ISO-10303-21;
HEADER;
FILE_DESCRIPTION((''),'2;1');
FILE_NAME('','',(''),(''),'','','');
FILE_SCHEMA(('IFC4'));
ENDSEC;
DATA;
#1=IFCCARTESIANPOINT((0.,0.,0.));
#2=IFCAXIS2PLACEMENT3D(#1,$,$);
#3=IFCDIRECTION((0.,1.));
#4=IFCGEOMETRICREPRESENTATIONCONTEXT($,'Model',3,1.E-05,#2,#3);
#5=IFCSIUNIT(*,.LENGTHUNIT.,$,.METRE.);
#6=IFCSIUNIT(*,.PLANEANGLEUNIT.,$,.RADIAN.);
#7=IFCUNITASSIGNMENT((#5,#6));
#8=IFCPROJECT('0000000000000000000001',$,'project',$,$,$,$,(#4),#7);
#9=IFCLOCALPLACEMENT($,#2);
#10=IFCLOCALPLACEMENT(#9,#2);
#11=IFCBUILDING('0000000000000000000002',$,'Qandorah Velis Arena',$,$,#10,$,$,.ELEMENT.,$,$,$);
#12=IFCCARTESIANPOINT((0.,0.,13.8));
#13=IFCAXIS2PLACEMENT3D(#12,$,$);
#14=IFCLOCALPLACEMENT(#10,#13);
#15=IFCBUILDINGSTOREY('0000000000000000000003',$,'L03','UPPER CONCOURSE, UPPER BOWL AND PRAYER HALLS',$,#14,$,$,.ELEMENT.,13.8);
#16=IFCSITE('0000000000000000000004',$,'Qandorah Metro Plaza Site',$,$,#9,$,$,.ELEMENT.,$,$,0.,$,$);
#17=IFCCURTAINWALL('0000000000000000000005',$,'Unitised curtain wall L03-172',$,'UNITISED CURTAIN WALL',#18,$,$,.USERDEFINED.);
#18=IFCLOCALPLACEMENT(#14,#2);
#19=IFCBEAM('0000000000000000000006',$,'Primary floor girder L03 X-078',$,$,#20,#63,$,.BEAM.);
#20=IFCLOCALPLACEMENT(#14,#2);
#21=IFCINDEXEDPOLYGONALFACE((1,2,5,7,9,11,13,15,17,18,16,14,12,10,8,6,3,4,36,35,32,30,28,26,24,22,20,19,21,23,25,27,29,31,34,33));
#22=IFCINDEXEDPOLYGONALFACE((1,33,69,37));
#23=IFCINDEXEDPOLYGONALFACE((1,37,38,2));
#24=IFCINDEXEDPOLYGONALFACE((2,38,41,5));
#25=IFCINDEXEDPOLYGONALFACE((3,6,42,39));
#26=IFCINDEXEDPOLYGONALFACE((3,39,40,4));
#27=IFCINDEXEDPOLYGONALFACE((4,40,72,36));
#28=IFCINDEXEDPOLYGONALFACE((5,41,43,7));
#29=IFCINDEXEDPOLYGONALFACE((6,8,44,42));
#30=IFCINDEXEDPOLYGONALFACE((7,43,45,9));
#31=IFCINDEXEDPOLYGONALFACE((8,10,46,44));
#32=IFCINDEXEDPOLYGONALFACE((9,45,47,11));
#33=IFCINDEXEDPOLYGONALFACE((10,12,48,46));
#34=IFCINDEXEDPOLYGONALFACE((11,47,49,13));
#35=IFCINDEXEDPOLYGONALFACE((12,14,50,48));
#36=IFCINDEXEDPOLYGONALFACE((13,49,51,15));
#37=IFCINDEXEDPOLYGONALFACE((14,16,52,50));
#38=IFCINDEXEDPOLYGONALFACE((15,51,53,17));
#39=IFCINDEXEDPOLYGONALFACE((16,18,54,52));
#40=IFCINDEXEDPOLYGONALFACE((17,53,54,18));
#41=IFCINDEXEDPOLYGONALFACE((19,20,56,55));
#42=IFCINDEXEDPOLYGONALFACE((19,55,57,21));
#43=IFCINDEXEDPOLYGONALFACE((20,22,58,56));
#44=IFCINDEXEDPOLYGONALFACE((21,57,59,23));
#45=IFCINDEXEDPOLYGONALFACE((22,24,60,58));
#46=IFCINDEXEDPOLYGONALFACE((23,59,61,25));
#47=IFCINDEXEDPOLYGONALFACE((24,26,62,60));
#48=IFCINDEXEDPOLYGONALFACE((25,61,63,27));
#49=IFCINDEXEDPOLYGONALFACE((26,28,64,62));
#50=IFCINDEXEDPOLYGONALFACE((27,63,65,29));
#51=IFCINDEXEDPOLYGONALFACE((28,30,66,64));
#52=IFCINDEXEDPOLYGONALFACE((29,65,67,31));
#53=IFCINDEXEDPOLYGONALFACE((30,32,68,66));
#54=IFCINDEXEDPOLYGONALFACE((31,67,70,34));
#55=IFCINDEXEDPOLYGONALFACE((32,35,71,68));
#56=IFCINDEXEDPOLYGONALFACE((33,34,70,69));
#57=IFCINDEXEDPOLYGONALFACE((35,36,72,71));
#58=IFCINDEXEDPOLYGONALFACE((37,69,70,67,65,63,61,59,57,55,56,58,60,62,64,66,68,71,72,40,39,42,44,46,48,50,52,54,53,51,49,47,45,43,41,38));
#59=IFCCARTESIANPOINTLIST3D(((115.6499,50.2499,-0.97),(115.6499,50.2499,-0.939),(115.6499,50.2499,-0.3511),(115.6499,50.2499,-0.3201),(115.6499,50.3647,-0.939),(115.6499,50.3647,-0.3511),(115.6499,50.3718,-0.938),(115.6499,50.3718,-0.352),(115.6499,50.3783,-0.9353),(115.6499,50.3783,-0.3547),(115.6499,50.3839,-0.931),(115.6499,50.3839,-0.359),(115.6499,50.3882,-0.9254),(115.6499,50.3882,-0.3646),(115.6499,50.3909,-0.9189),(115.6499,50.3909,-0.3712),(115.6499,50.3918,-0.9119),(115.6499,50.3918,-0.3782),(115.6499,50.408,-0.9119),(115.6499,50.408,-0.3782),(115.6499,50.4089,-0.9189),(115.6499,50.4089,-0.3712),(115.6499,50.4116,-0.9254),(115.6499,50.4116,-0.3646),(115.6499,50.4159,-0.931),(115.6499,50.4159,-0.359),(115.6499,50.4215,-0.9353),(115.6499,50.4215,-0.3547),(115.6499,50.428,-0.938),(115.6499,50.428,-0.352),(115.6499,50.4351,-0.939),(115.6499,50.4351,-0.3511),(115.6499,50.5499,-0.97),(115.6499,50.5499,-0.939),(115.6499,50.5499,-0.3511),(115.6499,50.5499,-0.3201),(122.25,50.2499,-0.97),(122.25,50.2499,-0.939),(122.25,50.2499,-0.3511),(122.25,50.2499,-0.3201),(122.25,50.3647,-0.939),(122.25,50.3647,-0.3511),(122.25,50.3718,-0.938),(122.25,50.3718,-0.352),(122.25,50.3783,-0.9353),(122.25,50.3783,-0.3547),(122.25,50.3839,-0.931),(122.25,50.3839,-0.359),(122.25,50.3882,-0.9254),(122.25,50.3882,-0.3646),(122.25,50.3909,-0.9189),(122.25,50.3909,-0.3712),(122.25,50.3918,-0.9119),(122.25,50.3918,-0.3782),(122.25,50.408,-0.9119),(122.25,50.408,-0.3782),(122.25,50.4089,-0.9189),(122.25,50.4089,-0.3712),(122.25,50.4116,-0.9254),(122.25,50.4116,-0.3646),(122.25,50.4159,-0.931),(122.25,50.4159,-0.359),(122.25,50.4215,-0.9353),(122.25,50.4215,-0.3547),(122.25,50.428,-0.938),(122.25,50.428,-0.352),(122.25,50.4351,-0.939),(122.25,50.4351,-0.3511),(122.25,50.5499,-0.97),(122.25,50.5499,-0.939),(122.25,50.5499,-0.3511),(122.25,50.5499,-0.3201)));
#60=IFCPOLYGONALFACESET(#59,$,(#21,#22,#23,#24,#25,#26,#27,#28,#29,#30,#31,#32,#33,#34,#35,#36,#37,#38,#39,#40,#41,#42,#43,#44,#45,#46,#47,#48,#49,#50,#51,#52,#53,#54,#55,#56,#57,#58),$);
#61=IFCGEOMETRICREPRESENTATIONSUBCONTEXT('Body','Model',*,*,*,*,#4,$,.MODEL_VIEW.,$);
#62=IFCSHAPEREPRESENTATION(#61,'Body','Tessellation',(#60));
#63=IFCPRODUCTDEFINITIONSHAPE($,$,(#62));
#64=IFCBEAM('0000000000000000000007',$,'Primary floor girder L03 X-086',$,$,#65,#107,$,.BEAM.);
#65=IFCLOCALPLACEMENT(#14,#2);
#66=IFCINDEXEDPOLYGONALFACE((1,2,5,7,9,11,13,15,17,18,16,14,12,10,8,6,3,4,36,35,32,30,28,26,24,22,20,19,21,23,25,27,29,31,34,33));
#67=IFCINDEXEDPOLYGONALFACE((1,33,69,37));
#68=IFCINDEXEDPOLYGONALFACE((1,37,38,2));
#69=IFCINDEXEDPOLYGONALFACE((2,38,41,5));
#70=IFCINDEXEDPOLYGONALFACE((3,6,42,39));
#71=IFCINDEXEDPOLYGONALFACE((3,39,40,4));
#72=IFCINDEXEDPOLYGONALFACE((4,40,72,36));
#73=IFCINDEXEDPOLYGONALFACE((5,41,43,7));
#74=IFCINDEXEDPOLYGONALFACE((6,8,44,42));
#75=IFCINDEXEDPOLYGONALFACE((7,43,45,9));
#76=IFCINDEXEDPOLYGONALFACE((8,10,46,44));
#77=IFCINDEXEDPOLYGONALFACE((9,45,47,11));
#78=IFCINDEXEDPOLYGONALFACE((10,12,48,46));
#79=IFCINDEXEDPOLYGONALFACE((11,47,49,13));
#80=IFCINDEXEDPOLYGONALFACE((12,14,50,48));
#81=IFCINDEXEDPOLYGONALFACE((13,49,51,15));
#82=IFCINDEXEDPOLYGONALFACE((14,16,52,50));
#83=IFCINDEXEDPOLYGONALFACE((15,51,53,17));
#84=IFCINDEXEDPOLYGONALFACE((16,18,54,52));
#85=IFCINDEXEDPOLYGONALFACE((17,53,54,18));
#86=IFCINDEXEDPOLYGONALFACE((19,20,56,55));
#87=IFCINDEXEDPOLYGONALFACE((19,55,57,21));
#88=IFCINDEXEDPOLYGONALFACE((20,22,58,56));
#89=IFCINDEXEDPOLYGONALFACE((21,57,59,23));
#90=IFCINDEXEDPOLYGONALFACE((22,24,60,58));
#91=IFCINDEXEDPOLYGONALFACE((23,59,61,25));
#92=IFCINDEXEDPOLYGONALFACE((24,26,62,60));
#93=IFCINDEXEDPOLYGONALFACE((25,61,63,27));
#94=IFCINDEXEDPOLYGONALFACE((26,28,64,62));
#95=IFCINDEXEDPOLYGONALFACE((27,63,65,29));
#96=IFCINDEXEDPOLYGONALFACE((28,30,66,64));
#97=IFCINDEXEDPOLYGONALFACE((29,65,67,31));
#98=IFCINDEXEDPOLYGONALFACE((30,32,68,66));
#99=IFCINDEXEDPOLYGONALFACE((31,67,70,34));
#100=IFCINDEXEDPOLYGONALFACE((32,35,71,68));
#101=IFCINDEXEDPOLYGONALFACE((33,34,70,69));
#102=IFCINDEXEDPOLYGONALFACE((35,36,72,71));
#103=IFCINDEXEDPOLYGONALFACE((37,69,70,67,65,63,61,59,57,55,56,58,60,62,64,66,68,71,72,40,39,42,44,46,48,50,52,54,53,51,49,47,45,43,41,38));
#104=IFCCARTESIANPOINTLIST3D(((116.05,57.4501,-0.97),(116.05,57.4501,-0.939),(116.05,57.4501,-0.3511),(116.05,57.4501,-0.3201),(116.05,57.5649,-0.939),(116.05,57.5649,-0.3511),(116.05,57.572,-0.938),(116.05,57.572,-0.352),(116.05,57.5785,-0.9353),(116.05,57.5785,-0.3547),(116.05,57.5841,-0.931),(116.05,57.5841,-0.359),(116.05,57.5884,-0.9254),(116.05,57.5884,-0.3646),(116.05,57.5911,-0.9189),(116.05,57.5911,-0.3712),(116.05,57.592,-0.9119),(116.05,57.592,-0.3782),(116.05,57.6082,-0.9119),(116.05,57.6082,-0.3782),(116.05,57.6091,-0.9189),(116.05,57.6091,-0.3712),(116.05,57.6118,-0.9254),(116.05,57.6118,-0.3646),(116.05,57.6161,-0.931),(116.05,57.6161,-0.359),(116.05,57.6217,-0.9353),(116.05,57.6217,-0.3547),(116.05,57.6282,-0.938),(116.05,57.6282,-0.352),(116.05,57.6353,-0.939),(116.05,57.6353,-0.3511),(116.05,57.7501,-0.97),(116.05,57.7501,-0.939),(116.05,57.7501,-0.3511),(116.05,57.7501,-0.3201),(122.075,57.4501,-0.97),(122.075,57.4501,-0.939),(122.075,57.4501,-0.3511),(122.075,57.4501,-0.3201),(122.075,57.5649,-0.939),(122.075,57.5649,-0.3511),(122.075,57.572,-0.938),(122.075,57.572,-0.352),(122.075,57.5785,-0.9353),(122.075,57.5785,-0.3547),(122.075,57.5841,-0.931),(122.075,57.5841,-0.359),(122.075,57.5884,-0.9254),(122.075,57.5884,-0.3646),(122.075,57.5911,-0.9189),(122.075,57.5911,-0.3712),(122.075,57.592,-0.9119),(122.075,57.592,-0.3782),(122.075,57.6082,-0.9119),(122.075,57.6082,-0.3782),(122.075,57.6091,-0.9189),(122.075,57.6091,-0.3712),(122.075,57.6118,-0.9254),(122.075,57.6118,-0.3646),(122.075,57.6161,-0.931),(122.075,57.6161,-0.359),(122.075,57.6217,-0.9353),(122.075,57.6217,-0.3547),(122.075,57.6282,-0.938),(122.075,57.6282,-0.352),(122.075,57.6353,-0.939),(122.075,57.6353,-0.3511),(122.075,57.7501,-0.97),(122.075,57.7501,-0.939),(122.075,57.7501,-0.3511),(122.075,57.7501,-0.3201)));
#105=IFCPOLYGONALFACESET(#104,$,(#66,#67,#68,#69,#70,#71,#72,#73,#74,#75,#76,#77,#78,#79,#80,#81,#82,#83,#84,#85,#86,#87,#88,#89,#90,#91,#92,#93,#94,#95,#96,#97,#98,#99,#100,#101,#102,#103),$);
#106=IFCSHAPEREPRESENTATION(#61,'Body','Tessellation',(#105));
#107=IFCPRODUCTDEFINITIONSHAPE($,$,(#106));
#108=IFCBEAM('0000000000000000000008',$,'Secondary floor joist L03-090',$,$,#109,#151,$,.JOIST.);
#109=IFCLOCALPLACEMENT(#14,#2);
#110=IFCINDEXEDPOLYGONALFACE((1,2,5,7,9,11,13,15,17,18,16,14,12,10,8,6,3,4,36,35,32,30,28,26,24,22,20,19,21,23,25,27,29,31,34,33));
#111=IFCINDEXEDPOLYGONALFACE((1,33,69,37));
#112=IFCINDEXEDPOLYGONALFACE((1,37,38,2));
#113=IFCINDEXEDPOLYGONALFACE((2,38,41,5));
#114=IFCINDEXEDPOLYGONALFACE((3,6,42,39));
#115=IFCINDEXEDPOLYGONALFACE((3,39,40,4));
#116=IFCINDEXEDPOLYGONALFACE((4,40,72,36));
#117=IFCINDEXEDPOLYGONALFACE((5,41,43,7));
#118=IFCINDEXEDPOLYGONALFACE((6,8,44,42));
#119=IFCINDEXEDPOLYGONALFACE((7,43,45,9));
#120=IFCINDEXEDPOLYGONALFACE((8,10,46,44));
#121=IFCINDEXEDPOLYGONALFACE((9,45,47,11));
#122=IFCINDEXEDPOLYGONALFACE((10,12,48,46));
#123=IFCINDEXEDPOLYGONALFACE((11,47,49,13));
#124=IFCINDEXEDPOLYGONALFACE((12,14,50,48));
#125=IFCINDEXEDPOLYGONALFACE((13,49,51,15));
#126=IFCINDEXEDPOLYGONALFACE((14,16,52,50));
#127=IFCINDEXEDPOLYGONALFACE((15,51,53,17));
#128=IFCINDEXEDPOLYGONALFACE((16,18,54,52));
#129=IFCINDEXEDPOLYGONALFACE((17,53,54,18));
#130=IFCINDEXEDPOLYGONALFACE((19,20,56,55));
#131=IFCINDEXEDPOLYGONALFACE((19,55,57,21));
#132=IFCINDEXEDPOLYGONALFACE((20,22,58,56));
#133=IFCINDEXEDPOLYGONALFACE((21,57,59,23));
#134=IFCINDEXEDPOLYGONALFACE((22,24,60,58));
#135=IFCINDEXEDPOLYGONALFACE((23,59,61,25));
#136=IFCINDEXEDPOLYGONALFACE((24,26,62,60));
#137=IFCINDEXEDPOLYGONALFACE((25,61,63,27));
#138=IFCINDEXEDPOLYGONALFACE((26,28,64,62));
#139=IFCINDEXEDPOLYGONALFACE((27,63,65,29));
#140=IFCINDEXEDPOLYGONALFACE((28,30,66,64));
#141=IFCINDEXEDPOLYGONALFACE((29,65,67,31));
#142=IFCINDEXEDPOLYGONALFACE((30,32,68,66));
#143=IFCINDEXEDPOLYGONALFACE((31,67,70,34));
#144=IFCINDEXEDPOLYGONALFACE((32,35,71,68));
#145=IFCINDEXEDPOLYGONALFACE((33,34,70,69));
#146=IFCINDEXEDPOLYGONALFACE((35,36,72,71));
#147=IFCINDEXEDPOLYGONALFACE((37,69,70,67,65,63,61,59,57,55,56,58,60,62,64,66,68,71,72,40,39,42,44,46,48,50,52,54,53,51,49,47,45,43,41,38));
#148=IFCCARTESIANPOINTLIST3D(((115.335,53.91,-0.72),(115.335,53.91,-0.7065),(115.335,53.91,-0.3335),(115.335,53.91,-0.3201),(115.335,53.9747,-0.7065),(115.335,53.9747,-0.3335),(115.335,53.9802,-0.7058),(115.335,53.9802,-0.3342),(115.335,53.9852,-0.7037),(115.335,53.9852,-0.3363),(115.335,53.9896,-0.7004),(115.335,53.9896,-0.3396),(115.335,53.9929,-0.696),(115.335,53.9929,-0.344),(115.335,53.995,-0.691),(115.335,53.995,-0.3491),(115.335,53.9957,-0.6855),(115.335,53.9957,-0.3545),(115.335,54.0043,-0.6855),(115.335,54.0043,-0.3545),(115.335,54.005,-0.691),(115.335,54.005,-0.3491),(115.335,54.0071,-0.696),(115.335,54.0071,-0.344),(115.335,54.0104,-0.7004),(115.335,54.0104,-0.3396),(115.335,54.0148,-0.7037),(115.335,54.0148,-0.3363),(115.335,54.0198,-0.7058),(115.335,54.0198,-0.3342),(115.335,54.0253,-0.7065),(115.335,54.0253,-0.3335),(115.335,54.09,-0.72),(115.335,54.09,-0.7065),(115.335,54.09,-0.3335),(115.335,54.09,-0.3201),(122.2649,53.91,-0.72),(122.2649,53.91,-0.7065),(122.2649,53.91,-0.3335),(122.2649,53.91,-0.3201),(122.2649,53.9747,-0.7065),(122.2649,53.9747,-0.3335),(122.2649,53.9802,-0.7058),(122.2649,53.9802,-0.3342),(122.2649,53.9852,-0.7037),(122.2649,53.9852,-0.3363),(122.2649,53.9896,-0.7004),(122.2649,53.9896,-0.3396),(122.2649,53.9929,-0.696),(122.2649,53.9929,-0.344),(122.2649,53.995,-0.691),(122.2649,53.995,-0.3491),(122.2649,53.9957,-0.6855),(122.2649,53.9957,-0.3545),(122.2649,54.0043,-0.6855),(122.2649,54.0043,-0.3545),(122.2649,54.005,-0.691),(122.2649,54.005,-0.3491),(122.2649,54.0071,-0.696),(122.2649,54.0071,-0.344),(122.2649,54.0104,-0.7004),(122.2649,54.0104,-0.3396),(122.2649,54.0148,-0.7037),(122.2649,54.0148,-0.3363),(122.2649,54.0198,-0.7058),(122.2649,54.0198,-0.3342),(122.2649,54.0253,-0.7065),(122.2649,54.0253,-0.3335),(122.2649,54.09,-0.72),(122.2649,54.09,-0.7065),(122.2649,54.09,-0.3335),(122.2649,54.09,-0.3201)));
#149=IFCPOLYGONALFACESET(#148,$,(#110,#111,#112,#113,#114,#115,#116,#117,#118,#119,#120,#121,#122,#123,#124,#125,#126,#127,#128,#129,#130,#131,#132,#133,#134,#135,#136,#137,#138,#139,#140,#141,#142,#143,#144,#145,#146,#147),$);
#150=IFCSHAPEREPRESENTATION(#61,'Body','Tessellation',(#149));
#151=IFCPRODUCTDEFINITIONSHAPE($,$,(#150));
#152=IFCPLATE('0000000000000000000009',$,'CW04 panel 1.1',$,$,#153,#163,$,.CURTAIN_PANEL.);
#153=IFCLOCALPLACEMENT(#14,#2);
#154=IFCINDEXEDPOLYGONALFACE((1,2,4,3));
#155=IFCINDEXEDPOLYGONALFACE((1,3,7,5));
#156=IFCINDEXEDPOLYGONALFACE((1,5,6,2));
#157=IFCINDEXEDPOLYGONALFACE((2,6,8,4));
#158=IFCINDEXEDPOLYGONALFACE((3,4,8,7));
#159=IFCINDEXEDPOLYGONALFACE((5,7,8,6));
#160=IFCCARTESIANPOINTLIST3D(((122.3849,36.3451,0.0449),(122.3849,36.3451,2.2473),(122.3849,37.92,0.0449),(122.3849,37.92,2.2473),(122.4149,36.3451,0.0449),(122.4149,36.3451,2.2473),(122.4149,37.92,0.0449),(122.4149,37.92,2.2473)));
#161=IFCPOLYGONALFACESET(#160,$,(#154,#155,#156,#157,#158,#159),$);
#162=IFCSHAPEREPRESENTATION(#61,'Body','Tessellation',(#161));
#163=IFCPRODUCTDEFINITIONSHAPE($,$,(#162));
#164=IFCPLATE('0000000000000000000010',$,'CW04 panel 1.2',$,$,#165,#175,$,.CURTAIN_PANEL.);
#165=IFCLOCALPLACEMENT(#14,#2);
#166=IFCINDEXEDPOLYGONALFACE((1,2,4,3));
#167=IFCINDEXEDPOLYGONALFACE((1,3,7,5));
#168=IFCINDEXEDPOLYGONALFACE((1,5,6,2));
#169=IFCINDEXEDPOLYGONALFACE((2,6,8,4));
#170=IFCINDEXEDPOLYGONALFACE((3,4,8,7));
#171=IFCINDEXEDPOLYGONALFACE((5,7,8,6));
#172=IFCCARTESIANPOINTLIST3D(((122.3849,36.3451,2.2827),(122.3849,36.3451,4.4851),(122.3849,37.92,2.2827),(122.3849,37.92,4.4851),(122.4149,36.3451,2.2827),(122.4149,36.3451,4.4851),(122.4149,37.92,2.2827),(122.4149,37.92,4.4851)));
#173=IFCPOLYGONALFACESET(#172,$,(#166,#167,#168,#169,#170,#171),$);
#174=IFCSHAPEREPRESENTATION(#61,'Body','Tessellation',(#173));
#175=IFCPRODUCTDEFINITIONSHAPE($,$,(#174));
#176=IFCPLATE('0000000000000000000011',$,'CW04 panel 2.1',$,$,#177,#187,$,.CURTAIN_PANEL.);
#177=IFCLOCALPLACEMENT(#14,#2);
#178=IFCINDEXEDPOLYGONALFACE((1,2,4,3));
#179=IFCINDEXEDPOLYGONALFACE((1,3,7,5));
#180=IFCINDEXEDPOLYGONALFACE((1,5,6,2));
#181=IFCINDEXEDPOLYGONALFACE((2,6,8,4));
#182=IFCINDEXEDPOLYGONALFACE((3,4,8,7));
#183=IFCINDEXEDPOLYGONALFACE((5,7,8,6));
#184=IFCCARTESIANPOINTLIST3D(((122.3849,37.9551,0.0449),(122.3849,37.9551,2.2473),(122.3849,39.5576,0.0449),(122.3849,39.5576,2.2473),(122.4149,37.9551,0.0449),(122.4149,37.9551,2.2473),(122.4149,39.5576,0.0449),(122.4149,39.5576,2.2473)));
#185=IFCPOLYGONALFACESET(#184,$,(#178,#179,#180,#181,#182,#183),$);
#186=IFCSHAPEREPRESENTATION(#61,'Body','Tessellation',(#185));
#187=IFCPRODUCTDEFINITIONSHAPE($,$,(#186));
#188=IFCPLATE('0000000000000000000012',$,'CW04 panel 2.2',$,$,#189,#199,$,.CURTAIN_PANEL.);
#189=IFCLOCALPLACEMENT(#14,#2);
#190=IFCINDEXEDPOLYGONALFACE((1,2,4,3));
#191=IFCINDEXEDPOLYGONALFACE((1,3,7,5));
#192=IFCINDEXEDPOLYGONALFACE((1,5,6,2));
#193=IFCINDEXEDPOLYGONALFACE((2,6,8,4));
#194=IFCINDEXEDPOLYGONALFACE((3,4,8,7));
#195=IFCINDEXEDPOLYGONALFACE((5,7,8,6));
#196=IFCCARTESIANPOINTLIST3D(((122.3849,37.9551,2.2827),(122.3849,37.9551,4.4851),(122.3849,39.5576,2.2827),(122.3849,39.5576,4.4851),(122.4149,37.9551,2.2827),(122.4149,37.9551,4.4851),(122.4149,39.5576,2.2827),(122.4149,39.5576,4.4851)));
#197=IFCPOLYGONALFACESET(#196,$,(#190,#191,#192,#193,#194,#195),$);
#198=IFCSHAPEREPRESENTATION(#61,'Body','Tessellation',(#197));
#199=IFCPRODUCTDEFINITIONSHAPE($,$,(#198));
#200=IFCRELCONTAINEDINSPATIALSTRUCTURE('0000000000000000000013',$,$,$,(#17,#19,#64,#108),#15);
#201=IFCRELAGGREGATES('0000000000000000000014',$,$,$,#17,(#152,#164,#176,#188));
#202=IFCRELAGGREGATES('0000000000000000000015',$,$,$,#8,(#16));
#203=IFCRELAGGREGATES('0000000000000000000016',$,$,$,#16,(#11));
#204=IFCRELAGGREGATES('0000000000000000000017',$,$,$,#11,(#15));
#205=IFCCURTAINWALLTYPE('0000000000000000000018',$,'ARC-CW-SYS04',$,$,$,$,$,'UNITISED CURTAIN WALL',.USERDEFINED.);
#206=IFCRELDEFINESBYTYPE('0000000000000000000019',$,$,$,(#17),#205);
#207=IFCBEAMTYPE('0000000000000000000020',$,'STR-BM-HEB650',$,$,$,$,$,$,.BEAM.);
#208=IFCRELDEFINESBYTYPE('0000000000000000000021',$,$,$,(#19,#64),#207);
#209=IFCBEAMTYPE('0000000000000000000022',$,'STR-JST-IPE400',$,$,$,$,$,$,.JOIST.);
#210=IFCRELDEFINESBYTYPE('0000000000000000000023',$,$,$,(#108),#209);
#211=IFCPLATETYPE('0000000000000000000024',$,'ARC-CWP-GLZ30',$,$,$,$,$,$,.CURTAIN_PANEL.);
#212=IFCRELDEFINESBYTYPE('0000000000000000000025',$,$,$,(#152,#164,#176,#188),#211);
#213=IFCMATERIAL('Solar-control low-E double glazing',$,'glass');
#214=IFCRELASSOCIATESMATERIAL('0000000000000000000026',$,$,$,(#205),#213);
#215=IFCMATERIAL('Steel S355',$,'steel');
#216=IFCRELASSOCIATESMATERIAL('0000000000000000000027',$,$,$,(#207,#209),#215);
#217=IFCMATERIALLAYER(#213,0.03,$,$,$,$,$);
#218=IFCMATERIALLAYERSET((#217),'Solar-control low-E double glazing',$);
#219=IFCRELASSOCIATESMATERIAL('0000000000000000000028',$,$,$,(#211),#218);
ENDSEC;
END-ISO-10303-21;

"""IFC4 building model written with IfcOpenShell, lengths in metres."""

from ifc_helpers import new_model, si_unit, direction, frame, origin, origin_2d, place, context, subcontext, project, spatial, rectangle, i_section, extrude, material, layer, layer_set, material_profile, profile_set, type_object, element, aggregate, save


model = new_model("IFC4")

# Units and contexts
model_context = context("Model", 3, precision=1e-05, world=origin(), true_north=direction((0.0, 1.0)))
body_context = subcontext(model_context, "Body", "Model", "MODEL_VIEW")
ifc_project = project(units=[si_unit("LENGTHUNIT", "METRE"), si_unit("PLANEANGLEUNIT", "RADIAN")], contexts=[model_context])

# Site, building, storey
site_placement = place(None, origin())
site = spatial("IfcSite", under=ifc_project, at=site_placement, Name="Qandorah Metro Plaza Site", CompositionType="ELEMENT", RefElevation=0.0)
building_placement = place(site_placement, origin())
building = spatial("IfcBuilding", under=site, at=building_placement, Name="Qandorah Velis Arena", CompositionType="ELEMENT")
storey_placement = place(building_placement, frame((0.0, 0.0, 13.8)))
storey = spatial("IfcBuildingStorey", under=building, at=storey_placement, Name="L03", Description="UPPER CONCOURSE, UPPER BOWL AND PRAYER HALLS", CompositionType="ELEMENT", Elevation=13.8)

# Curtain wall
ifc_material_1 = material(Name="Solar-control low-E double glazing", Category="glass")
curtain_wall_type = type_object("IfcCurtainWallType", Name="ARC-CW-SYS04", ElementType="UNITISED CURTAIN WALL", PredefinedType="USERDEFINED", material=ifc_material_1)
curtain_wall_placement = place(storey_placement, origin())
curtain_wall = element("IfcCurtainWall", 1, at=curtain_wall_placement, inside=storey, type_object=curtain_wall_type, Name="Unitised curtain wall L03-172", ObjectType="UNITISED CURTAIN WALL", PredefinedType="USERDEFINED")

# Beams
ifc_material_2 = material(Name="Steel S355", Category="steel")
ifc_material_profile_1 = material_profile(ifc_material_2, i_section(OverallWidth=0.3, OverallDepth=0.6499, WebThickness=0.0161, FlangeThickness=0.031, FilletRadius=0.0271, at=origin_2d()), Name="HEB 650")
ifc_profile_set_1 = profile_set([ifc_material_profile_1], Name="Steel S355")
beam_type_1 = type_object("IfcBeamType", Name="STR-BM-HEB650", PredefinedType="BEAM", material=ifc_profile_set_1)
beam_1_placement = place(storey_placement, frame((115.6499, 50.3999, -0.645), z_axis=(1.0, 0.0, 0.0), x_axis=(0.0, 1.0, 0.0)))
element("IfcBeam", 2, at=beam_1_placement, inside=storey, type_object=beam_type_1, Name="Primary floor girder L03 X-078", PredefinedType="BEAM", context=body_context, shape_type="SweptSolid", body=[
    extrude(i_section(OverallWidth=0.3, OverallDepth=0.6499, WebThickness=0.0161, FlangeThickness=0.031, FilletRadius=0.0271, at=origin_2d()), origin(), (0.0, 0.0, 1.0), 6.6001),
])
beam_2_placement = place(storey_placement, frame((116.05, 57.6001, -0.645), z_axis=(1.0, 0.0, 0.0), x_axis=(0.0, 1.0, 0.0)))
element("IfcBeam", 3, at=beam_2_placement, inside=storey, type_object=beam_type_1, Name="Primary floor girder L03 X-086", PredefinedType="BEAM", context=body_context, shape_type="SweptSolid", body=[
    extrude(i_section(OverallWidth=0.3, OverallDepth=0.6499, WebThickness=0.0161, FlangeThickness=0.031, FilletRadius=0.0271, at=origin_2d()), origin(), (0.0, 0.0, 1.0), 6.0249),
])
ifc_material_profile_2 = material_profile(ifc_material_2, i_section(OverallWidth=0.1799, OverallDepth=0.3999, WebThickness=0.0085, FlangeThickness=0.0134, FilletRadius=0.021, at=origin_2d()), Name="IPE 400")
ifc_profile_set_2 = profile_set([ifc_material_profile_2], Name="Steel S355")
beam_type_2 = type_object("IfcBeamType", Name="STR-JST-IPE400", PredefinedType="JOIST", material=ifc_profile_set_2)
beam_3_placement = place(storey_placement, frame((115.335, 54.0, -0.52), z_axis=(1.0, 0.0, 0.0), x_axis=(0.0, 1.0, 0.0)))
element("IfcBeam", 4, at=beam_3_placement, inside=storey, type_object=beam_type_2, Name="Secondary floor joist L03-090", PredefinedType="JOIST", context=body_context, shape_type="SweptSolid", body=[
    extrude(i_section(OverallWidth=0.1799, OverallDepth=0.3999, WebThickness=0.0085, FlangeThickness=0.0134, FilletRadius=0.021, at=origin_2d()), origin(), (0.0, 0.0, 1.0), 6.9299),
])

# Plates
ifc_layer = layer(ifc_material_1, 0.03)
ifc_layer_set = layer_set([ifc_layer], Name="Solar-control low-E double glazing")
plate_type = type_object("IfcPlateType", Name="ARC-CWP-GLZ30", PredefinedType="CURTAIN_PANEL", material=ifc_layer_set)
plate_1_placement = place(storey_placement, frame((122.3999, 37.1326, 0.0449), z_axis=(0.0, 0.0, 1.0), x_axis=(0.0, 1.0, 0.0)))
plate_1 = element("IfcPlate", 5, at=plate_1_placement, type_object=plate_type, Name="CW04 panel 1.1", PredefinedType="CURTAIN_PANEL", context=body_context, shape_type="SweptSolid", body=[
    extrude(rectangle(XDim=1.575, YDim=0.03, at=origin_2d()), origin(), (0.0, 0.0, 1.0), 2.2024),
])
plate_2_placement = place(storey_placement, frame((122.3999, 37.1326, 2.2827), z_axis=(0.0, 0.0, 1.0), x_axis=(0.0, 1.0, 0.0)))
plate_2 = element("IfcPlate", 6, at=plate_2_placement, type_object=plate_type, Name="CW04 panel 1.2", PredefinedType="CURTAIN_PANEL", context=body_context, shape_type="SweptSolid", body=[
    extrude(rectangle(XDim=1.575, YDim=0.03, at=origin_2d()), origin(), (0.0, 0.0, 1.0), 2.2024),
])
plate_3_placement = place(storey_placement, frame((122.3999, 38.7563, 0.0449), z_axis=(0.0, 0.0, 1.0), x_axis=(0.0, 1.0, 0.0)))
plate_3 = element("IfcPlate", 7, at=plate_3_placement, type_object=plate_type, Name="CW04 panel 2.1", PredefinedType="CURTAIN_PANEL", context=body_context, shape_type="SweptSolid", body=[
    extrude(rectangle(XDim=1.6025, YDim=0.03, at=origin_2d()), origin(), (0.0, 0.0, 1.0), 2.2024),
])
plate_4_placement = place(storey_placement, frame((122.3999, 38.7563, 2.2827), z_axis=(0.0, 0.0, 1.0), x_axis=(0.0, 1.0, 0.0)))
plate_4 = element("IfcPlate", 8, at=plate_4_placement, type_object=plate_type, Name="CW04 panel 2.2", PredefinedType="CURTAIN_PANEL", context=body_context, shape_type="SweptSolid", body=[
    extrude(rectangle(XDim=1.6025, YDim=0.03, at=origin_2d()), origin(), (0.0, 0.0, 1.0), 2.2024),
])
aggregate(curtain_wall, [plate_1, plate_2, plate_3, plate_4])

save(model, "model.ifc")
